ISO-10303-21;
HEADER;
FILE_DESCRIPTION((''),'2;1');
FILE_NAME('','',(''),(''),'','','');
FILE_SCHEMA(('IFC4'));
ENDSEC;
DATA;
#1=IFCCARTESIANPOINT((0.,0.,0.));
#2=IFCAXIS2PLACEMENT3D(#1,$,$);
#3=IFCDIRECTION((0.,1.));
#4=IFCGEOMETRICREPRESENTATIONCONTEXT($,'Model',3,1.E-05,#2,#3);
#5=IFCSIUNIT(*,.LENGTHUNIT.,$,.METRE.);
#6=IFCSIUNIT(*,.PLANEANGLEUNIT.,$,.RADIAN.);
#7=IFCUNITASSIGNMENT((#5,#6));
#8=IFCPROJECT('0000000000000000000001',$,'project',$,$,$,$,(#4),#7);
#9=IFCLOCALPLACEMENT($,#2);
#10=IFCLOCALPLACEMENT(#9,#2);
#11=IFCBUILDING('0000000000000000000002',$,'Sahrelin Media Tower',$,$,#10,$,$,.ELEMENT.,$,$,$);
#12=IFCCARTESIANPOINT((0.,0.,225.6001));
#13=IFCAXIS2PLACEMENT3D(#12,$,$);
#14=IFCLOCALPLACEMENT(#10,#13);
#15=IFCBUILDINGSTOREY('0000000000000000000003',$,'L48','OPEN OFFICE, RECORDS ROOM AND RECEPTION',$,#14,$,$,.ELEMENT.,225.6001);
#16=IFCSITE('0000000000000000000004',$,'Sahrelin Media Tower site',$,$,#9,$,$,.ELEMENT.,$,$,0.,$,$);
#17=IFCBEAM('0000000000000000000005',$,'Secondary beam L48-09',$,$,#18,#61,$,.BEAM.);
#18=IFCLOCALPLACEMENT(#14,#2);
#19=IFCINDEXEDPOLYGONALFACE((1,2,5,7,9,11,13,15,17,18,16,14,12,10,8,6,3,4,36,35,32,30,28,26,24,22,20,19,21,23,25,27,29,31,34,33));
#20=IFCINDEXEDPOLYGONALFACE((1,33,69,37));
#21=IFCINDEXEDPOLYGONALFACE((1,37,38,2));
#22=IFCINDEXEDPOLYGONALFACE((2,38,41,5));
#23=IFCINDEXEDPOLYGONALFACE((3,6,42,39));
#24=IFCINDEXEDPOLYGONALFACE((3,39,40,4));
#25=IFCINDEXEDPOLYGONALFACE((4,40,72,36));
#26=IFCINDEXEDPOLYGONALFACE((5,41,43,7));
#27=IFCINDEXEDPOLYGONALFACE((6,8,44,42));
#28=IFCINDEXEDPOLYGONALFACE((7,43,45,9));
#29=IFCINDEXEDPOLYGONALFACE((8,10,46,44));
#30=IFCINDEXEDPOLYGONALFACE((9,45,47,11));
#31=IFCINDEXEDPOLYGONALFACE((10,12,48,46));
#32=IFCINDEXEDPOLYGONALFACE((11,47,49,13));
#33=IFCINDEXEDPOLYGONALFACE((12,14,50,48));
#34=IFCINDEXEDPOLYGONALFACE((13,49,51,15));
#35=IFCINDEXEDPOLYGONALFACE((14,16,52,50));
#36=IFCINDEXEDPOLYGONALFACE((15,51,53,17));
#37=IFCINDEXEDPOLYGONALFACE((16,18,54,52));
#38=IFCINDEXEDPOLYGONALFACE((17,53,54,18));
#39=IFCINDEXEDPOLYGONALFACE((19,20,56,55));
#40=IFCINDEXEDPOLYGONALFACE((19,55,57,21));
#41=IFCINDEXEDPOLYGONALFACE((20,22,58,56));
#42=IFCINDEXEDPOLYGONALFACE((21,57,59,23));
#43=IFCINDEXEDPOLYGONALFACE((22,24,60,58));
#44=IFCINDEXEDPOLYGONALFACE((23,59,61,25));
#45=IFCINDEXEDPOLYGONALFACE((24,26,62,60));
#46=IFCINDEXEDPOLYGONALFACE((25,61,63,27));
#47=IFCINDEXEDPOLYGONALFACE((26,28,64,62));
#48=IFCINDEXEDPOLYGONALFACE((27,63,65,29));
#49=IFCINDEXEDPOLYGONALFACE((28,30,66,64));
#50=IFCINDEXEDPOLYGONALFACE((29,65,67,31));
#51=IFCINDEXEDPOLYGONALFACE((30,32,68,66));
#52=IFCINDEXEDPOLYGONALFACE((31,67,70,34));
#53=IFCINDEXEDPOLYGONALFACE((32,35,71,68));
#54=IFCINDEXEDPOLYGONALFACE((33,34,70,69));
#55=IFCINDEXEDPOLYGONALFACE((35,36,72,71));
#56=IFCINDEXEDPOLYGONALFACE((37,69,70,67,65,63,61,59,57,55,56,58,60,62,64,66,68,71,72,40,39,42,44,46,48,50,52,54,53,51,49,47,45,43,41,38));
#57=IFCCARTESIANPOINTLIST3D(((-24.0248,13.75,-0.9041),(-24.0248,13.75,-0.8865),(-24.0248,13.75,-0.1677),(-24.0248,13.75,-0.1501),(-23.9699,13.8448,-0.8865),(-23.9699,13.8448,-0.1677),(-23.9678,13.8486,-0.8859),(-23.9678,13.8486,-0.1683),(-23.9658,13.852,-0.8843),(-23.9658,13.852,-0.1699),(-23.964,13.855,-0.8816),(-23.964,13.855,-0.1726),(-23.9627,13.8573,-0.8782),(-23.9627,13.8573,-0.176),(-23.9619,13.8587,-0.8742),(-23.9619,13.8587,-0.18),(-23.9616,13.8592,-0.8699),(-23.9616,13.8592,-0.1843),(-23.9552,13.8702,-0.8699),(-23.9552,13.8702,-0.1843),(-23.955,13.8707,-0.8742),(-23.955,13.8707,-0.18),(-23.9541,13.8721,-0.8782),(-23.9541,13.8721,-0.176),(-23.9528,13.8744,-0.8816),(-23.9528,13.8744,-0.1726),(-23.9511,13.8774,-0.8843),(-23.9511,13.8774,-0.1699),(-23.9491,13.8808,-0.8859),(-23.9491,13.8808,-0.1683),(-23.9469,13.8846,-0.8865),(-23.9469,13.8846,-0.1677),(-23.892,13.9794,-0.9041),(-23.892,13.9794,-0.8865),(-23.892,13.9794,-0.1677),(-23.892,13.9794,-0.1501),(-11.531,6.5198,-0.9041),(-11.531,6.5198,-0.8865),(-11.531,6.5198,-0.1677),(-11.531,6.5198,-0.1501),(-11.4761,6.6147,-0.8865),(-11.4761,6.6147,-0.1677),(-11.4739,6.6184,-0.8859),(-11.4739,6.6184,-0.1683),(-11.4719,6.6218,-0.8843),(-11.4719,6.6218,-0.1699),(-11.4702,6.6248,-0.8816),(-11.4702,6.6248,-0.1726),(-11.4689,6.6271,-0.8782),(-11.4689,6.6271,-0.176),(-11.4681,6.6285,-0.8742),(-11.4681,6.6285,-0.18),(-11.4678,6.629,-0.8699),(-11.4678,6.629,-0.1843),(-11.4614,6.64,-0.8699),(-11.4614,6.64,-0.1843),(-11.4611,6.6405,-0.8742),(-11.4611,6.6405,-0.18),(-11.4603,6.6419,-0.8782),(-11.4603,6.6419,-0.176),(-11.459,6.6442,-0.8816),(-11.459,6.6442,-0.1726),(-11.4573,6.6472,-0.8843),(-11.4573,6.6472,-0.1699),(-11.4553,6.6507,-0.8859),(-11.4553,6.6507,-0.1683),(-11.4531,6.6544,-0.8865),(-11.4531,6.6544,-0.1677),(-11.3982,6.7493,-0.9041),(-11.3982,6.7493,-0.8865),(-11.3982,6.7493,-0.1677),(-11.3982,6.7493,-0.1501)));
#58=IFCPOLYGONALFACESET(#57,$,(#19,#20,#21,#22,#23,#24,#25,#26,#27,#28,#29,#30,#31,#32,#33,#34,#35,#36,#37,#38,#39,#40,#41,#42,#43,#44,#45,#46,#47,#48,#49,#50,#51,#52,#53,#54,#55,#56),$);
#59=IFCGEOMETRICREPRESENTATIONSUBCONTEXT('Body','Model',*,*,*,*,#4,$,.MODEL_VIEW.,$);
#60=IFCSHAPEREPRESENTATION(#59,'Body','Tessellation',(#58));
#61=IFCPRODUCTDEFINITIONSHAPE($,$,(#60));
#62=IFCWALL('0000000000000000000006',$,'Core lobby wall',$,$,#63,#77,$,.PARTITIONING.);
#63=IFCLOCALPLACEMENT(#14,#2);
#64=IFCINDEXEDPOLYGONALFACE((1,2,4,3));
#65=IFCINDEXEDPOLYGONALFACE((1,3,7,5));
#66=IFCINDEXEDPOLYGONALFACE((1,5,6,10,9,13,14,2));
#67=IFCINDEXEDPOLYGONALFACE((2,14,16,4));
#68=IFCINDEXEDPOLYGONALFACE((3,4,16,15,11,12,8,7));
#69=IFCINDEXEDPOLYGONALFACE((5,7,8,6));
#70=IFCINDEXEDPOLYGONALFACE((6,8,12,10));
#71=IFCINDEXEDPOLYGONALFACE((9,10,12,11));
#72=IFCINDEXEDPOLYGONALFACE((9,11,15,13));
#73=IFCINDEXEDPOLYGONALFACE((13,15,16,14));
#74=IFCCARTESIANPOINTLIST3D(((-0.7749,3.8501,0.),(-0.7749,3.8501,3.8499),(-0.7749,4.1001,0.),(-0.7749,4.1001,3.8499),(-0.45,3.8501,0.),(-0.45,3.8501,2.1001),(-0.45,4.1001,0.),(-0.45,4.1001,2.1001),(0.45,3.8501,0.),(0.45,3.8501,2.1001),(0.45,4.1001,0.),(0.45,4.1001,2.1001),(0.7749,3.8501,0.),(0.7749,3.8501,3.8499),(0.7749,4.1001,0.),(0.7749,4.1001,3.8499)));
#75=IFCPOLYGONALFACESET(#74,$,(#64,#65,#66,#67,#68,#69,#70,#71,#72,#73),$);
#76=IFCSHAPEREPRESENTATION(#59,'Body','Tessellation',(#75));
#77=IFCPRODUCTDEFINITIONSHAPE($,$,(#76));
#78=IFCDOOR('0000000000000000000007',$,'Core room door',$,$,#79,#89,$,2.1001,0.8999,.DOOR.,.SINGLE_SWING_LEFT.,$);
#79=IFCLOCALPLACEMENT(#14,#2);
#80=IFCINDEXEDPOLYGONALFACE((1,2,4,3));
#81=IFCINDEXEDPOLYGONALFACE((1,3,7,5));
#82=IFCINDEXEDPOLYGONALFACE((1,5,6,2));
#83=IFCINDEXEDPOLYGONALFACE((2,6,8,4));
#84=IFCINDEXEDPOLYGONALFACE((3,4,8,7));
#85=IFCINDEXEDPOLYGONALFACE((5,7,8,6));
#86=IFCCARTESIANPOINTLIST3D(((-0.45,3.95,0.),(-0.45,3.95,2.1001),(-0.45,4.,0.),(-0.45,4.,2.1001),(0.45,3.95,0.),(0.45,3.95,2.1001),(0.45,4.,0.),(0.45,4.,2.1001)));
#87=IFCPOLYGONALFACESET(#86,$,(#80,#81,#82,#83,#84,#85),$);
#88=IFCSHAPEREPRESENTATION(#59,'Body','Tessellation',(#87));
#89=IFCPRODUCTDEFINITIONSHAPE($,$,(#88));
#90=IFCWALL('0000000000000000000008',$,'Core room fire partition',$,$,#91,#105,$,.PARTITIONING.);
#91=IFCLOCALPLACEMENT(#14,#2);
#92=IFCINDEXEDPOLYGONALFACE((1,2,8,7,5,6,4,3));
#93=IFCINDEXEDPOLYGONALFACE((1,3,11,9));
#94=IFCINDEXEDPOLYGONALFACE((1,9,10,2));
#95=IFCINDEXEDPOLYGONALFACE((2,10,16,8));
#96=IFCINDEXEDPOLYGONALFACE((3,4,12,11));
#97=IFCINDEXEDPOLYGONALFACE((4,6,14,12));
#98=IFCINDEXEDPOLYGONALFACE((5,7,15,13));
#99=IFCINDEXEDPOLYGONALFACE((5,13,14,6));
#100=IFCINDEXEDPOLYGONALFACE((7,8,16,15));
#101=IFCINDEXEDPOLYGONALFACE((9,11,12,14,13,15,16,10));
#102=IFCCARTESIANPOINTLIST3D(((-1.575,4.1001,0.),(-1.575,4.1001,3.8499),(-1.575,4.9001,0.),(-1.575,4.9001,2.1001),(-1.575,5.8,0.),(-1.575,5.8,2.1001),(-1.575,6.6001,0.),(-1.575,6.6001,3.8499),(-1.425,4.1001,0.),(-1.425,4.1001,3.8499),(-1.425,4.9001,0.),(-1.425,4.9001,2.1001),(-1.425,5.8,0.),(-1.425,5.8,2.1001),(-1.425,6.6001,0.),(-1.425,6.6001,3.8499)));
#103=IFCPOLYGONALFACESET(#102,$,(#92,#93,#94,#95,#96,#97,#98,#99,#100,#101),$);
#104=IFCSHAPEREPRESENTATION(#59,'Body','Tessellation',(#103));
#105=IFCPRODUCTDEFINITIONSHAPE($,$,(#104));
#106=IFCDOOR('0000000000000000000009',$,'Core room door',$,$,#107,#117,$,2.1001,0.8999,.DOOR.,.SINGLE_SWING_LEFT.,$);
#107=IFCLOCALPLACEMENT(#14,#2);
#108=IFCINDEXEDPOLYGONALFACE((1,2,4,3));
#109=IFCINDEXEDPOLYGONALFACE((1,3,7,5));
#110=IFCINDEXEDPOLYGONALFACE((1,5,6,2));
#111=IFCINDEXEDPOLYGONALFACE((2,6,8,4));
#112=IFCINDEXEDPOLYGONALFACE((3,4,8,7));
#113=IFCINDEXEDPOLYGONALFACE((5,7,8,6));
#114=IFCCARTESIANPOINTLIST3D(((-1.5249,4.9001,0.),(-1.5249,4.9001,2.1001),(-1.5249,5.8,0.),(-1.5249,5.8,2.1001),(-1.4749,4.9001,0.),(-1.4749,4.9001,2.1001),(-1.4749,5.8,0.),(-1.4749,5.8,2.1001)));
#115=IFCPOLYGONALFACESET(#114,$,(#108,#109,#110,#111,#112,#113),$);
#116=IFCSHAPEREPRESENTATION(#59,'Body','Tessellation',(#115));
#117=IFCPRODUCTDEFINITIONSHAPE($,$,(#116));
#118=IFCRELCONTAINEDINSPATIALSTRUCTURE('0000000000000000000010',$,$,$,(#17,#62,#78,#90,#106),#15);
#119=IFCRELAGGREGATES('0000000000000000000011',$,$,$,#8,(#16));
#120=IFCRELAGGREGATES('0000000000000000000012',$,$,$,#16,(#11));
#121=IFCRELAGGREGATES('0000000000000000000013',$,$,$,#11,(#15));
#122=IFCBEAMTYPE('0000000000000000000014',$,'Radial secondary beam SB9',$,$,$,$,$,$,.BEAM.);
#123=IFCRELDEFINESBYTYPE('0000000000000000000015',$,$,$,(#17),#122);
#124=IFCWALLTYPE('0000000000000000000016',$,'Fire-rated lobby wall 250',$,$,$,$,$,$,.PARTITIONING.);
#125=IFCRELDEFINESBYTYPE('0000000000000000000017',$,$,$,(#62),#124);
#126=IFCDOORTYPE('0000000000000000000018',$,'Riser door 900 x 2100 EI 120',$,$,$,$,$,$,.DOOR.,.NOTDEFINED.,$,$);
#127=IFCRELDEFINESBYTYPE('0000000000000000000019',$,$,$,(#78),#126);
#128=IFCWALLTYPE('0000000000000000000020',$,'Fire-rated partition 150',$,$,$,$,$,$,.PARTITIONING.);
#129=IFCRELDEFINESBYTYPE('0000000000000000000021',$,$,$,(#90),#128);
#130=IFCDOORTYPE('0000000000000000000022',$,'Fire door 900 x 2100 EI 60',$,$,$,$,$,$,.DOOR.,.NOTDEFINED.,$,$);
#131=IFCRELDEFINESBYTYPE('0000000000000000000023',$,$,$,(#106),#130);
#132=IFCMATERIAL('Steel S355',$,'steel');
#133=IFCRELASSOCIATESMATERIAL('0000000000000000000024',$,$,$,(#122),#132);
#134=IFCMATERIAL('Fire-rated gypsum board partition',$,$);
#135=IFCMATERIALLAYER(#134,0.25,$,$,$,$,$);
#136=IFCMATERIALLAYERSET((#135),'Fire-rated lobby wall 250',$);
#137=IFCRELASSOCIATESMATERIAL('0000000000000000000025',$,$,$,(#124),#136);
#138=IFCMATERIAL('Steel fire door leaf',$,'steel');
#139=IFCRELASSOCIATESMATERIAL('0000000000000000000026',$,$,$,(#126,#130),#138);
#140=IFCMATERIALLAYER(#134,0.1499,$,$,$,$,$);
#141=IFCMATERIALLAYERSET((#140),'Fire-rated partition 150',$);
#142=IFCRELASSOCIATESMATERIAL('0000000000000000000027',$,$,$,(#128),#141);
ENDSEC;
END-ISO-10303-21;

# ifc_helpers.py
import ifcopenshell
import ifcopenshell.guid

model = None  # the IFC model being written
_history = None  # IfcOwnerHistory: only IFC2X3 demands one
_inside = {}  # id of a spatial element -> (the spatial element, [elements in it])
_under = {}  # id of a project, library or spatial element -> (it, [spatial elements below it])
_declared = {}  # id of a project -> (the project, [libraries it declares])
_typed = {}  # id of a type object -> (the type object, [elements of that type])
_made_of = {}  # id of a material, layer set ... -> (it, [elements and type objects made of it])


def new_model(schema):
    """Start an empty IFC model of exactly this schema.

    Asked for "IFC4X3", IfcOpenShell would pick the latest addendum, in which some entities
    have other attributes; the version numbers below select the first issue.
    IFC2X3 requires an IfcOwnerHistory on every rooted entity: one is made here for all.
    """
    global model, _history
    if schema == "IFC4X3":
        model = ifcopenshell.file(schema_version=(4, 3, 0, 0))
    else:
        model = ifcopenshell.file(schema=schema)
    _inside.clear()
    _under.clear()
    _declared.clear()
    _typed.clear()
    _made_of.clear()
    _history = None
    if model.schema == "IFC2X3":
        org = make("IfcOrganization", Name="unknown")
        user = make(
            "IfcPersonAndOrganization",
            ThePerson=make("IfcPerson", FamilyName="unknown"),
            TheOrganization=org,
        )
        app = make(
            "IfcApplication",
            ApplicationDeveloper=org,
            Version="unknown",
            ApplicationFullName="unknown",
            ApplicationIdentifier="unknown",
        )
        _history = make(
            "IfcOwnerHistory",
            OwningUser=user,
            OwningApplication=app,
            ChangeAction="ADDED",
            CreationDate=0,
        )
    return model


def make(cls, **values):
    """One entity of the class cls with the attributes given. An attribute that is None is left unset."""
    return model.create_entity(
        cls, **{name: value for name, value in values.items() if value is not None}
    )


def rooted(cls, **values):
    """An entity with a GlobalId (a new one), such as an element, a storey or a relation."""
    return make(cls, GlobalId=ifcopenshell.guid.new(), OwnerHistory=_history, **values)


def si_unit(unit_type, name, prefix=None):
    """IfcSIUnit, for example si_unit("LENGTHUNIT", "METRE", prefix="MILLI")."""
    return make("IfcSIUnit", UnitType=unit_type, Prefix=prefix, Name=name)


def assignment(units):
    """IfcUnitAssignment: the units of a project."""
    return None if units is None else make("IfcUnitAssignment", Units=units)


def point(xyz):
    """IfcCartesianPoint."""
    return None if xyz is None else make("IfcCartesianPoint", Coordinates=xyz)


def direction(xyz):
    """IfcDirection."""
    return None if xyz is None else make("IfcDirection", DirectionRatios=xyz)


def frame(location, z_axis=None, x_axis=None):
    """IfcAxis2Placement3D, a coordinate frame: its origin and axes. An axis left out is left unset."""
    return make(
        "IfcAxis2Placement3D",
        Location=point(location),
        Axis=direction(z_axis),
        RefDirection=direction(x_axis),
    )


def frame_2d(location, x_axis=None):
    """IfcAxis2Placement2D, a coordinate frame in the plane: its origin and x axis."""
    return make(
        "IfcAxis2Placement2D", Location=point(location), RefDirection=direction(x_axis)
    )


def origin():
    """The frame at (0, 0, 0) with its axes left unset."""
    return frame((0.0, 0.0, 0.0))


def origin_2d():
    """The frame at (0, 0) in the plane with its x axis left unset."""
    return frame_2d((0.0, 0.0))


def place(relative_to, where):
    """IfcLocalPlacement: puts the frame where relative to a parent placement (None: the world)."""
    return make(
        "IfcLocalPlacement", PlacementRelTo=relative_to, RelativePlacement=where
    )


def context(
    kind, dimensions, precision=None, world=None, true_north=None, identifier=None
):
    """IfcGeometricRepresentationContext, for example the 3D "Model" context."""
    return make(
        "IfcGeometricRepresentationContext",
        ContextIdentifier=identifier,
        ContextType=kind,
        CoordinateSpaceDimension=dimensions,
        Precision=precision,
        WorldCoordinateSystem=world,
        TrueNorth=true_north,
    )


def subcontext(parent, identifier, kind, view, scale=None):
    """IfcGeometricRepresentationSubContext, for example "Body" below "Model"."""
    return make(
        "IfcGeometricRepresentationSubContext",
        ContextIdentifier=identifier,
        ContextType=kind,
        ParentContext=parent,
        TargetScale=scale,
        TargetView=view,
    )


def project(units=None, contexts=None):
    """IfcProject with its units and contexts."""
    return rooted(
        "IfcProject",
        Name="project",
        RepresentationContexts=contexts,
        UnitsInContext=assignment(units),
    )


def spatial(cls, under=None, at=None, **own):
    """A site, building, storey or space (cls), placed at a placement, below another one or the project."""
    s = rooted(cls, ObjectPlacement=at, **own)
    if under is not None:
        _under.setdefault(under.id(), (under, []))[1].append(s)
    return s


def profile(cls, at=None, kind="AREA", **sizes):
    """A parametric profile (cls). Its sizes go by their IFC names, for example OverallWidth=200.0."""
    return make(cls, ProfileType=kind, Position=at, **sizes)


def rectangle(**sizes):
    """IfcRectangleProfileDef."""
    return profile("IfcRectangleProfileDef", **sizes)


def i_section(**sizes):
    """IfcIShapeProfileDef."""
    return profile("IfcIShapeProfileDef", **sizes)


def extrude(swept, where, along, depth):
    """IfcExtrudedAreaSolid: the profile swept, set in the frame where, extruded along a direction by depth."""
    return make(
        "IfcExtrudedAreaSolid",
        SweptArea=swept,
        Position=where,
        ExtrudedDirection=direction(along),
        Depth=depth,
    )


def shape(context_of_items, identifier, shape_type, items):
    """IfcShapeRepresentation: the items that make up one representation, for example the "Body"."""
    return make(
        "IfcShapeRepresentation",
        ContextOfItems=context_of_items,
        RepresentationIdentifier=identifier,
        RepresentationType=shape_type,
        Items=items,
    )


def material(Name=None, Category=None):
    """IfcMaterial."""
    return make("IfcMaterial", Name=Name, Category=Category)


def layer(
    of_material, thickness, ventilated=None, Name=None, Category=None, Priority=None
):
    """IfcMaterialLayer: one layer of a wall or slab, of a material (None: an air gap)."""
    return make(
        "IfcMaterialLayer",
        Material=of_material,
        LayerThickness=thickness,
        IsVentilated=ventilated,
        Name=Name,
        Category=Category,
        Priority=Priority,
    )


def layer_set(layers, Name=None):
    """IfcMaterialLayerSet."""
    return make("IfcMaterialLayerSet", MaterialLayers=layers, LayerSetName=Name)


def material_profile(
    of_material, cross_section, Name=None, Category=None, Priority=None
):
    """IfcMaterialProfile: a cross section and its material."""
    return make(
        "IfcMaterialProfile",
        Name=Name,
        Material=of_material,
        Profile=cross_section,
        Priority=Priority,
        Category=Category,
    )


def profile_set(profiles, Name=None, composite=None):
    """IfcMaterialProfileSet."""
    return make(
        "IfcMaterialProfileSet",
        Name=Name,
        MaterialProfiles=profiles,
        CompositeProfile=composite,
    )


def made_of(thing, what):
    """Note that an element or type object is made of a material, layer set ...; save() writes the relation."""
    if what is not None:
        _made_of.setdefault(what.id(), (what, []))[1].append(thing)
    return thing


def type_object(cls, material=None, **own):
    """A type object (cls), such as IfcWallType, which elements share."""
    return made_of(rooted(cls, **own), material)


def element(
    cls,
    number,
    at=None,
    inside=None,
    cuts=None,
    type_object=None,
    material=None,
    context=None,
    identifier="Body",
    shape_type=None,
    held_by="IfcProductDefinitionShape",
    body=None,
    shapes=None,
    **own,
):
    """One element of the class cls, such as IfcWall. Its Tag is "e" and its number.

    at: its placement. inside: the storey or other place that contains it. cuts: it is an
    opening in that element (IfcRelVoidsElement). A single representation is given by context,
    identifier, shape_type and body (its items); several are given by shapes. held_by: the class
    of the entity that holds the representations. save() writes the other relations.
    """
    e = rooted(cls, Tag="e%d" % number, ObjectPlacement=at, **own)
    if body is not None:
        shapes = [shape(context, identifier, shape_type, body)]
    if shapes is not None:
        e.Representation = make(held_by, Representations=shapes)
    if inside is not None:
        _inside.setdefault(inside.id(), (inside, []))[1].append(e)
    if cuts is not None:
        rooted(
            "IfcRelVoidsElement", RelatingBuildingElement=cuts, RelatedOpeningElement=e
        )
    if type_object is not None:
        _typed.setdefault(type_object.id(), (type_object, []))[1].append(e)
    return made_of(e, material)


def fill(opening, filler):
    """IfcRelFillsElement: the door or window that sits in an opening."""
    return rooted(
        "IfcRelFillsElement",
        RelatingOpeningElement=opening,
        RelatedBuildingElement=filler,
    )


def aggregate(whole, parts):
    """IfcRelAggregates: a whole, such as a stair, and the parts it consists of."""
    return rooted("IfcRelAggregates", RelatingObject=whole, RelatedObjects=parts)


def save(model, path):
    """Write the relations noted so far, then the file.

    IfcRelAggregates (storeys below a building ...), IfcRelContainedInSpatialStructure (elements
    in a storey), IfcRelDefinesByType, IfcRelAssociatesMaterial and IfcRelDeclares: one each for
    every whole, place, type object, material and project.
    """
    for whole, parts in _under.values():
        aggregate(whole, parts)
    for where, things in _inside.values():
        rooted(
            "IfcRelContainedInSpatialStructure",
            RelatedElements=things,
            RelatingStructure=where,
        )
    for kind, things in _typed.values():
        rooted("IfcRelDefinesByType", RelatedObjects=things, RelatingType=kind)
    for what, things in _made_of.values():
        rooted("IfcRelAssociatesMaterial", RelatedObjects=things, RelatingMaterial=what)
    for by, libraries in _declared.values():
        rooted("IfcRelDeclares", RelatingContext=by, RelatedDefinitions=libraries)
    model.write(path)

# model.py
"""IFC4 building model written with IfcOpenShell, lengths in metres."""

from ifc_helpers import new_model, si_unit, direction, frame, frame_2d, origin, origin_2d, place, context, subcontext, project, spatial, rectangle, i_section, extrude, material, layer, layer_set, material_profile, profile_set, type_object, element, fill, save


model = new_model("IFC4")

# Units and contexts
model_context = context("Model", 3, precision=1e-05, world=origin(), true_north=direction((0.0, 1.0)))
body_context = subcontext(model_context, "Body", "Model", "MODEL_VIEW")
ifc_project = project(units=[si_unit("LENGTHUNIT", "METRE"), si_unit("PLANEANGLEUNIT", "RADIAN")], contexts=[model_context])

# Site, building, storey
site_placement = place(None, origin())
site = spatial("IfcSite", under=ifc_project, at=site_placement, Name="Sahrelin Media Tower site", CompositionType="ELEMENT", RefElevation=0.0)
building_placement = place(site_placement, origin())
building = spatial("IfcBuilding", under=site, at=building_placement, Name="Sahrelin Media Tower", CompositionType="ELEMENT")
storey_placement = place(building_placement, frame((0.0, 0.0, 225.6001)))
storey = spatial("IfcBuildingStorey", under=building, at=storey_placement, Name="L48", Description="OPEN OFFICE, RECORDS ROOM AND RECEPTION", CompositionType="ELEMENT", Elevation=225.6001)

# Beam
ifc_material_1 = material(Name="Steel S355", Category="steel")
ifc_material_profile_1 = material_profile(ifc_material_1, i_section(OverallWidth=0.2651, OverallDepth=0.7539, WebThickness=0.0127, FlangeThickness=0.0176, FilletRadius=0.0166, at=origin_2d()), Name="UB 762x267x147")
ifc_profile_set_1 = profile_set([ifc_material_profile_1], Name="Steel S355")
beam_type_1 = type_object("IfcBeamType", Name="Radial secondary beam SB9", PredefinedType="BEAM", material=ifc_profile_set_1)
beam_1_placement = place(storey_placement, frame((-11.4646, 6.6345, -0.5271), z_axis=(-0.865519, 0.500876, 0.0), x_axis=(-0.500876, -0.865519, 0.0)))
element("IfcBeam", 1, at=beam_1_placement, inside=storey, type_object=beam_type_1, Name="Secondary beam L48-09", PredefinedType="BEAM", context=body_context, shape_type="SweptSolid", body=[
    extrude(i_section(OverallWidth=0.2651, OverallDepth=0.7539, WebThickness=0.0127, FlangeThickness=0.0176, FilletRadius=0.0166, at=origin_2d()), origin(), (0.0, 0.0, 1.0), 14.4351),
])

# Walls, openings, doors
ifc_material_2 = material(Name="Fire-rated gypsum board partition")
ifc_layer_1 = layer(ifc_material_2, 0.25)
ifc_layer_set_1 = layer_set([ifc_layer_1], Name="Fire-rated lobby wall 250")
wall_type_1 = type_object("IfcWallType", Name="Fire-rated lobby wall 250", PredefinedType="PARTITIONING", material=ifc_layer_set_1)
wall_1_placement = place(storey_placement, frame((-0.7749, 3.9751, 0.0), z_axis=(0.0, 0.0, 1.0), x_axis=(1.0, 0.0, 0.0)))
wall_1 = element("IfcWall", 2, at=wall_1_placement, inside=storey, type_object=wall_type_1, Name="Core lobby wall", PredefinedType="PARTITIONING", context=body_context, shape_type="SweptSolid", body=[
    extrude(rectangle(XDim=1.5498, YDim=0.25, at=frame_2d((0.7749, 0.0))), origin(), (0.0, 0.0, 1.0), 3.8499),
])
opening_1_placement = place(wall_1_placement, frame((0.325, 0.0, 0.0)))
opening_1 = element("IfcOpeningElement", 3, at=opening_1_placement, cuts=wall_1, PredefinedType="OPENING", context=body_context, shape_type="SweptSolid", body=[
    extrude(rectangle(XDim=0.8999, YDim=2.1001, at=frame_2d((0.45, 1.05))), frame((0.0, 0.125, 0.0), z_axis=(0.0, -1.0, 0.0), x_axis=(1.0, 0.0, 0.0)), (0.0, 0.0, 1.0), 0.25),
])
ifc_material_3 = material(Name="Steel fire door leaf", Category="steel")
door_type_1 = type_object("IfcDoorType", Name="Riser door 900 x 2100 EI 120", OperationType="NOTDEFINED", PredefinedType="DOOR", material=ifc_material_3)
door_1_placement = place(opening_1_placement, origin())
door_1 = element("IfcDoor", 4, at=door_1_placement, inside=storey, type_object=door_type_1, Name="Core room door", OperationType="SINGLE_SWING_LEFT", OverallHeight=2.1001, OverallWidth=0.8999, PredefinedType="DOOR", context=body_context, shape_type="SweptSolid", body=[
    extrude(rectangle(XDim=0.8999, YDim=2.1001, at=frame_2d((0.45, 1.05))), frame((0.0, 0.0249, 0.0), z_axis=(0.0, -1.0, 0.0), x_axis=(1.0, 0.0, 0.0)), (0.0, 0.0, 1.0), 0.05),
])
fill(opening_1, door_1)
ifc_layer_2 = layer(ifc_material_2, 0.1499)
ifc_layer_set_2 = layer_set([ifc_layer_2], Name="Fire-rated partition 150")
wall_type_2 = type_object("IfcWallType", Name="Fire-rated partition 150", PredefinedType="PARTITIONING", material=ifc_layer_set_2)
wall_2_placement = place(storey_placement, frame((-1.5, 4.1001, 0.0), z_axis=(0.0, 0.0, 1.0), x_axis=(0.0, 1.0, 0.0)))
wall_2 = element("IfcWall", 5, at=wall_2_placement, inside=storey, type_object=wall_type_2, Name="Core room fire partition", PredefinedType="PARTITIONING", context=body_context, shape_type="SweptSolid", body=[
    extrude(rectangle(XDim=2.5, YDim=0.1499, at=frame_2d((1.25, 0.0))), origin(), (0.0, 0.0, 1.0), 3.8499),
])
opening_2_placement = place(wall_2_placement, frame((0.8, 0.0, 0.0)))
opening_2 = element("IfcOpeningElement", 6, at=opening_2_placement, cuts=wall_2, PredefinedType="OPENING", context=body_context, shape_type="SweptSolid", body=[
    extrude(rectangle(XDim=0.8999, YDim=2.1001, at=frame_2d((0.45, 1.05))), frame((0.0, 0.075, 0.0), z_axis=(0.0, -1.0, 0.0), x_axis=(1.0, 0.0, 0.0)), (0.0, 0.0, 1.0), 0.1499),
])
door_type_2 = type_object("IfcDoorType", Name="Fire door 900 x 2100 EI 60", OperationType="NOTDEFINED", PredefinedType="DOOR", material=ifc_material_3)
door_2_placement = place(opening_2_placement, origin())
door_2 = element("IfcDoor", 7, at=door_2_placement, inside=storey, type_object=door_type_2, Name="Core room door", OperationType="SINGLE_SWING_LEFT", OverallHeight=2.1001, OverallWidth=0.8999, PredefinedType="DOOR", context=body_context, shape_type="SweptSolid", body=[
    extrude(rectangle(XDim=0.8999, YDim=2.1001, at=frame_2d((0.45, 1.05))), frame((0.0, 0.0249, 0.0), z_axis=(0.0, -1.0, 0.0), x_axis=(1.0, 0.0, 0.0)), (0.0, 0.0, 1.0), 0.05),
])
fill(opening_2, door_2)

save(model, "model.ifc")
